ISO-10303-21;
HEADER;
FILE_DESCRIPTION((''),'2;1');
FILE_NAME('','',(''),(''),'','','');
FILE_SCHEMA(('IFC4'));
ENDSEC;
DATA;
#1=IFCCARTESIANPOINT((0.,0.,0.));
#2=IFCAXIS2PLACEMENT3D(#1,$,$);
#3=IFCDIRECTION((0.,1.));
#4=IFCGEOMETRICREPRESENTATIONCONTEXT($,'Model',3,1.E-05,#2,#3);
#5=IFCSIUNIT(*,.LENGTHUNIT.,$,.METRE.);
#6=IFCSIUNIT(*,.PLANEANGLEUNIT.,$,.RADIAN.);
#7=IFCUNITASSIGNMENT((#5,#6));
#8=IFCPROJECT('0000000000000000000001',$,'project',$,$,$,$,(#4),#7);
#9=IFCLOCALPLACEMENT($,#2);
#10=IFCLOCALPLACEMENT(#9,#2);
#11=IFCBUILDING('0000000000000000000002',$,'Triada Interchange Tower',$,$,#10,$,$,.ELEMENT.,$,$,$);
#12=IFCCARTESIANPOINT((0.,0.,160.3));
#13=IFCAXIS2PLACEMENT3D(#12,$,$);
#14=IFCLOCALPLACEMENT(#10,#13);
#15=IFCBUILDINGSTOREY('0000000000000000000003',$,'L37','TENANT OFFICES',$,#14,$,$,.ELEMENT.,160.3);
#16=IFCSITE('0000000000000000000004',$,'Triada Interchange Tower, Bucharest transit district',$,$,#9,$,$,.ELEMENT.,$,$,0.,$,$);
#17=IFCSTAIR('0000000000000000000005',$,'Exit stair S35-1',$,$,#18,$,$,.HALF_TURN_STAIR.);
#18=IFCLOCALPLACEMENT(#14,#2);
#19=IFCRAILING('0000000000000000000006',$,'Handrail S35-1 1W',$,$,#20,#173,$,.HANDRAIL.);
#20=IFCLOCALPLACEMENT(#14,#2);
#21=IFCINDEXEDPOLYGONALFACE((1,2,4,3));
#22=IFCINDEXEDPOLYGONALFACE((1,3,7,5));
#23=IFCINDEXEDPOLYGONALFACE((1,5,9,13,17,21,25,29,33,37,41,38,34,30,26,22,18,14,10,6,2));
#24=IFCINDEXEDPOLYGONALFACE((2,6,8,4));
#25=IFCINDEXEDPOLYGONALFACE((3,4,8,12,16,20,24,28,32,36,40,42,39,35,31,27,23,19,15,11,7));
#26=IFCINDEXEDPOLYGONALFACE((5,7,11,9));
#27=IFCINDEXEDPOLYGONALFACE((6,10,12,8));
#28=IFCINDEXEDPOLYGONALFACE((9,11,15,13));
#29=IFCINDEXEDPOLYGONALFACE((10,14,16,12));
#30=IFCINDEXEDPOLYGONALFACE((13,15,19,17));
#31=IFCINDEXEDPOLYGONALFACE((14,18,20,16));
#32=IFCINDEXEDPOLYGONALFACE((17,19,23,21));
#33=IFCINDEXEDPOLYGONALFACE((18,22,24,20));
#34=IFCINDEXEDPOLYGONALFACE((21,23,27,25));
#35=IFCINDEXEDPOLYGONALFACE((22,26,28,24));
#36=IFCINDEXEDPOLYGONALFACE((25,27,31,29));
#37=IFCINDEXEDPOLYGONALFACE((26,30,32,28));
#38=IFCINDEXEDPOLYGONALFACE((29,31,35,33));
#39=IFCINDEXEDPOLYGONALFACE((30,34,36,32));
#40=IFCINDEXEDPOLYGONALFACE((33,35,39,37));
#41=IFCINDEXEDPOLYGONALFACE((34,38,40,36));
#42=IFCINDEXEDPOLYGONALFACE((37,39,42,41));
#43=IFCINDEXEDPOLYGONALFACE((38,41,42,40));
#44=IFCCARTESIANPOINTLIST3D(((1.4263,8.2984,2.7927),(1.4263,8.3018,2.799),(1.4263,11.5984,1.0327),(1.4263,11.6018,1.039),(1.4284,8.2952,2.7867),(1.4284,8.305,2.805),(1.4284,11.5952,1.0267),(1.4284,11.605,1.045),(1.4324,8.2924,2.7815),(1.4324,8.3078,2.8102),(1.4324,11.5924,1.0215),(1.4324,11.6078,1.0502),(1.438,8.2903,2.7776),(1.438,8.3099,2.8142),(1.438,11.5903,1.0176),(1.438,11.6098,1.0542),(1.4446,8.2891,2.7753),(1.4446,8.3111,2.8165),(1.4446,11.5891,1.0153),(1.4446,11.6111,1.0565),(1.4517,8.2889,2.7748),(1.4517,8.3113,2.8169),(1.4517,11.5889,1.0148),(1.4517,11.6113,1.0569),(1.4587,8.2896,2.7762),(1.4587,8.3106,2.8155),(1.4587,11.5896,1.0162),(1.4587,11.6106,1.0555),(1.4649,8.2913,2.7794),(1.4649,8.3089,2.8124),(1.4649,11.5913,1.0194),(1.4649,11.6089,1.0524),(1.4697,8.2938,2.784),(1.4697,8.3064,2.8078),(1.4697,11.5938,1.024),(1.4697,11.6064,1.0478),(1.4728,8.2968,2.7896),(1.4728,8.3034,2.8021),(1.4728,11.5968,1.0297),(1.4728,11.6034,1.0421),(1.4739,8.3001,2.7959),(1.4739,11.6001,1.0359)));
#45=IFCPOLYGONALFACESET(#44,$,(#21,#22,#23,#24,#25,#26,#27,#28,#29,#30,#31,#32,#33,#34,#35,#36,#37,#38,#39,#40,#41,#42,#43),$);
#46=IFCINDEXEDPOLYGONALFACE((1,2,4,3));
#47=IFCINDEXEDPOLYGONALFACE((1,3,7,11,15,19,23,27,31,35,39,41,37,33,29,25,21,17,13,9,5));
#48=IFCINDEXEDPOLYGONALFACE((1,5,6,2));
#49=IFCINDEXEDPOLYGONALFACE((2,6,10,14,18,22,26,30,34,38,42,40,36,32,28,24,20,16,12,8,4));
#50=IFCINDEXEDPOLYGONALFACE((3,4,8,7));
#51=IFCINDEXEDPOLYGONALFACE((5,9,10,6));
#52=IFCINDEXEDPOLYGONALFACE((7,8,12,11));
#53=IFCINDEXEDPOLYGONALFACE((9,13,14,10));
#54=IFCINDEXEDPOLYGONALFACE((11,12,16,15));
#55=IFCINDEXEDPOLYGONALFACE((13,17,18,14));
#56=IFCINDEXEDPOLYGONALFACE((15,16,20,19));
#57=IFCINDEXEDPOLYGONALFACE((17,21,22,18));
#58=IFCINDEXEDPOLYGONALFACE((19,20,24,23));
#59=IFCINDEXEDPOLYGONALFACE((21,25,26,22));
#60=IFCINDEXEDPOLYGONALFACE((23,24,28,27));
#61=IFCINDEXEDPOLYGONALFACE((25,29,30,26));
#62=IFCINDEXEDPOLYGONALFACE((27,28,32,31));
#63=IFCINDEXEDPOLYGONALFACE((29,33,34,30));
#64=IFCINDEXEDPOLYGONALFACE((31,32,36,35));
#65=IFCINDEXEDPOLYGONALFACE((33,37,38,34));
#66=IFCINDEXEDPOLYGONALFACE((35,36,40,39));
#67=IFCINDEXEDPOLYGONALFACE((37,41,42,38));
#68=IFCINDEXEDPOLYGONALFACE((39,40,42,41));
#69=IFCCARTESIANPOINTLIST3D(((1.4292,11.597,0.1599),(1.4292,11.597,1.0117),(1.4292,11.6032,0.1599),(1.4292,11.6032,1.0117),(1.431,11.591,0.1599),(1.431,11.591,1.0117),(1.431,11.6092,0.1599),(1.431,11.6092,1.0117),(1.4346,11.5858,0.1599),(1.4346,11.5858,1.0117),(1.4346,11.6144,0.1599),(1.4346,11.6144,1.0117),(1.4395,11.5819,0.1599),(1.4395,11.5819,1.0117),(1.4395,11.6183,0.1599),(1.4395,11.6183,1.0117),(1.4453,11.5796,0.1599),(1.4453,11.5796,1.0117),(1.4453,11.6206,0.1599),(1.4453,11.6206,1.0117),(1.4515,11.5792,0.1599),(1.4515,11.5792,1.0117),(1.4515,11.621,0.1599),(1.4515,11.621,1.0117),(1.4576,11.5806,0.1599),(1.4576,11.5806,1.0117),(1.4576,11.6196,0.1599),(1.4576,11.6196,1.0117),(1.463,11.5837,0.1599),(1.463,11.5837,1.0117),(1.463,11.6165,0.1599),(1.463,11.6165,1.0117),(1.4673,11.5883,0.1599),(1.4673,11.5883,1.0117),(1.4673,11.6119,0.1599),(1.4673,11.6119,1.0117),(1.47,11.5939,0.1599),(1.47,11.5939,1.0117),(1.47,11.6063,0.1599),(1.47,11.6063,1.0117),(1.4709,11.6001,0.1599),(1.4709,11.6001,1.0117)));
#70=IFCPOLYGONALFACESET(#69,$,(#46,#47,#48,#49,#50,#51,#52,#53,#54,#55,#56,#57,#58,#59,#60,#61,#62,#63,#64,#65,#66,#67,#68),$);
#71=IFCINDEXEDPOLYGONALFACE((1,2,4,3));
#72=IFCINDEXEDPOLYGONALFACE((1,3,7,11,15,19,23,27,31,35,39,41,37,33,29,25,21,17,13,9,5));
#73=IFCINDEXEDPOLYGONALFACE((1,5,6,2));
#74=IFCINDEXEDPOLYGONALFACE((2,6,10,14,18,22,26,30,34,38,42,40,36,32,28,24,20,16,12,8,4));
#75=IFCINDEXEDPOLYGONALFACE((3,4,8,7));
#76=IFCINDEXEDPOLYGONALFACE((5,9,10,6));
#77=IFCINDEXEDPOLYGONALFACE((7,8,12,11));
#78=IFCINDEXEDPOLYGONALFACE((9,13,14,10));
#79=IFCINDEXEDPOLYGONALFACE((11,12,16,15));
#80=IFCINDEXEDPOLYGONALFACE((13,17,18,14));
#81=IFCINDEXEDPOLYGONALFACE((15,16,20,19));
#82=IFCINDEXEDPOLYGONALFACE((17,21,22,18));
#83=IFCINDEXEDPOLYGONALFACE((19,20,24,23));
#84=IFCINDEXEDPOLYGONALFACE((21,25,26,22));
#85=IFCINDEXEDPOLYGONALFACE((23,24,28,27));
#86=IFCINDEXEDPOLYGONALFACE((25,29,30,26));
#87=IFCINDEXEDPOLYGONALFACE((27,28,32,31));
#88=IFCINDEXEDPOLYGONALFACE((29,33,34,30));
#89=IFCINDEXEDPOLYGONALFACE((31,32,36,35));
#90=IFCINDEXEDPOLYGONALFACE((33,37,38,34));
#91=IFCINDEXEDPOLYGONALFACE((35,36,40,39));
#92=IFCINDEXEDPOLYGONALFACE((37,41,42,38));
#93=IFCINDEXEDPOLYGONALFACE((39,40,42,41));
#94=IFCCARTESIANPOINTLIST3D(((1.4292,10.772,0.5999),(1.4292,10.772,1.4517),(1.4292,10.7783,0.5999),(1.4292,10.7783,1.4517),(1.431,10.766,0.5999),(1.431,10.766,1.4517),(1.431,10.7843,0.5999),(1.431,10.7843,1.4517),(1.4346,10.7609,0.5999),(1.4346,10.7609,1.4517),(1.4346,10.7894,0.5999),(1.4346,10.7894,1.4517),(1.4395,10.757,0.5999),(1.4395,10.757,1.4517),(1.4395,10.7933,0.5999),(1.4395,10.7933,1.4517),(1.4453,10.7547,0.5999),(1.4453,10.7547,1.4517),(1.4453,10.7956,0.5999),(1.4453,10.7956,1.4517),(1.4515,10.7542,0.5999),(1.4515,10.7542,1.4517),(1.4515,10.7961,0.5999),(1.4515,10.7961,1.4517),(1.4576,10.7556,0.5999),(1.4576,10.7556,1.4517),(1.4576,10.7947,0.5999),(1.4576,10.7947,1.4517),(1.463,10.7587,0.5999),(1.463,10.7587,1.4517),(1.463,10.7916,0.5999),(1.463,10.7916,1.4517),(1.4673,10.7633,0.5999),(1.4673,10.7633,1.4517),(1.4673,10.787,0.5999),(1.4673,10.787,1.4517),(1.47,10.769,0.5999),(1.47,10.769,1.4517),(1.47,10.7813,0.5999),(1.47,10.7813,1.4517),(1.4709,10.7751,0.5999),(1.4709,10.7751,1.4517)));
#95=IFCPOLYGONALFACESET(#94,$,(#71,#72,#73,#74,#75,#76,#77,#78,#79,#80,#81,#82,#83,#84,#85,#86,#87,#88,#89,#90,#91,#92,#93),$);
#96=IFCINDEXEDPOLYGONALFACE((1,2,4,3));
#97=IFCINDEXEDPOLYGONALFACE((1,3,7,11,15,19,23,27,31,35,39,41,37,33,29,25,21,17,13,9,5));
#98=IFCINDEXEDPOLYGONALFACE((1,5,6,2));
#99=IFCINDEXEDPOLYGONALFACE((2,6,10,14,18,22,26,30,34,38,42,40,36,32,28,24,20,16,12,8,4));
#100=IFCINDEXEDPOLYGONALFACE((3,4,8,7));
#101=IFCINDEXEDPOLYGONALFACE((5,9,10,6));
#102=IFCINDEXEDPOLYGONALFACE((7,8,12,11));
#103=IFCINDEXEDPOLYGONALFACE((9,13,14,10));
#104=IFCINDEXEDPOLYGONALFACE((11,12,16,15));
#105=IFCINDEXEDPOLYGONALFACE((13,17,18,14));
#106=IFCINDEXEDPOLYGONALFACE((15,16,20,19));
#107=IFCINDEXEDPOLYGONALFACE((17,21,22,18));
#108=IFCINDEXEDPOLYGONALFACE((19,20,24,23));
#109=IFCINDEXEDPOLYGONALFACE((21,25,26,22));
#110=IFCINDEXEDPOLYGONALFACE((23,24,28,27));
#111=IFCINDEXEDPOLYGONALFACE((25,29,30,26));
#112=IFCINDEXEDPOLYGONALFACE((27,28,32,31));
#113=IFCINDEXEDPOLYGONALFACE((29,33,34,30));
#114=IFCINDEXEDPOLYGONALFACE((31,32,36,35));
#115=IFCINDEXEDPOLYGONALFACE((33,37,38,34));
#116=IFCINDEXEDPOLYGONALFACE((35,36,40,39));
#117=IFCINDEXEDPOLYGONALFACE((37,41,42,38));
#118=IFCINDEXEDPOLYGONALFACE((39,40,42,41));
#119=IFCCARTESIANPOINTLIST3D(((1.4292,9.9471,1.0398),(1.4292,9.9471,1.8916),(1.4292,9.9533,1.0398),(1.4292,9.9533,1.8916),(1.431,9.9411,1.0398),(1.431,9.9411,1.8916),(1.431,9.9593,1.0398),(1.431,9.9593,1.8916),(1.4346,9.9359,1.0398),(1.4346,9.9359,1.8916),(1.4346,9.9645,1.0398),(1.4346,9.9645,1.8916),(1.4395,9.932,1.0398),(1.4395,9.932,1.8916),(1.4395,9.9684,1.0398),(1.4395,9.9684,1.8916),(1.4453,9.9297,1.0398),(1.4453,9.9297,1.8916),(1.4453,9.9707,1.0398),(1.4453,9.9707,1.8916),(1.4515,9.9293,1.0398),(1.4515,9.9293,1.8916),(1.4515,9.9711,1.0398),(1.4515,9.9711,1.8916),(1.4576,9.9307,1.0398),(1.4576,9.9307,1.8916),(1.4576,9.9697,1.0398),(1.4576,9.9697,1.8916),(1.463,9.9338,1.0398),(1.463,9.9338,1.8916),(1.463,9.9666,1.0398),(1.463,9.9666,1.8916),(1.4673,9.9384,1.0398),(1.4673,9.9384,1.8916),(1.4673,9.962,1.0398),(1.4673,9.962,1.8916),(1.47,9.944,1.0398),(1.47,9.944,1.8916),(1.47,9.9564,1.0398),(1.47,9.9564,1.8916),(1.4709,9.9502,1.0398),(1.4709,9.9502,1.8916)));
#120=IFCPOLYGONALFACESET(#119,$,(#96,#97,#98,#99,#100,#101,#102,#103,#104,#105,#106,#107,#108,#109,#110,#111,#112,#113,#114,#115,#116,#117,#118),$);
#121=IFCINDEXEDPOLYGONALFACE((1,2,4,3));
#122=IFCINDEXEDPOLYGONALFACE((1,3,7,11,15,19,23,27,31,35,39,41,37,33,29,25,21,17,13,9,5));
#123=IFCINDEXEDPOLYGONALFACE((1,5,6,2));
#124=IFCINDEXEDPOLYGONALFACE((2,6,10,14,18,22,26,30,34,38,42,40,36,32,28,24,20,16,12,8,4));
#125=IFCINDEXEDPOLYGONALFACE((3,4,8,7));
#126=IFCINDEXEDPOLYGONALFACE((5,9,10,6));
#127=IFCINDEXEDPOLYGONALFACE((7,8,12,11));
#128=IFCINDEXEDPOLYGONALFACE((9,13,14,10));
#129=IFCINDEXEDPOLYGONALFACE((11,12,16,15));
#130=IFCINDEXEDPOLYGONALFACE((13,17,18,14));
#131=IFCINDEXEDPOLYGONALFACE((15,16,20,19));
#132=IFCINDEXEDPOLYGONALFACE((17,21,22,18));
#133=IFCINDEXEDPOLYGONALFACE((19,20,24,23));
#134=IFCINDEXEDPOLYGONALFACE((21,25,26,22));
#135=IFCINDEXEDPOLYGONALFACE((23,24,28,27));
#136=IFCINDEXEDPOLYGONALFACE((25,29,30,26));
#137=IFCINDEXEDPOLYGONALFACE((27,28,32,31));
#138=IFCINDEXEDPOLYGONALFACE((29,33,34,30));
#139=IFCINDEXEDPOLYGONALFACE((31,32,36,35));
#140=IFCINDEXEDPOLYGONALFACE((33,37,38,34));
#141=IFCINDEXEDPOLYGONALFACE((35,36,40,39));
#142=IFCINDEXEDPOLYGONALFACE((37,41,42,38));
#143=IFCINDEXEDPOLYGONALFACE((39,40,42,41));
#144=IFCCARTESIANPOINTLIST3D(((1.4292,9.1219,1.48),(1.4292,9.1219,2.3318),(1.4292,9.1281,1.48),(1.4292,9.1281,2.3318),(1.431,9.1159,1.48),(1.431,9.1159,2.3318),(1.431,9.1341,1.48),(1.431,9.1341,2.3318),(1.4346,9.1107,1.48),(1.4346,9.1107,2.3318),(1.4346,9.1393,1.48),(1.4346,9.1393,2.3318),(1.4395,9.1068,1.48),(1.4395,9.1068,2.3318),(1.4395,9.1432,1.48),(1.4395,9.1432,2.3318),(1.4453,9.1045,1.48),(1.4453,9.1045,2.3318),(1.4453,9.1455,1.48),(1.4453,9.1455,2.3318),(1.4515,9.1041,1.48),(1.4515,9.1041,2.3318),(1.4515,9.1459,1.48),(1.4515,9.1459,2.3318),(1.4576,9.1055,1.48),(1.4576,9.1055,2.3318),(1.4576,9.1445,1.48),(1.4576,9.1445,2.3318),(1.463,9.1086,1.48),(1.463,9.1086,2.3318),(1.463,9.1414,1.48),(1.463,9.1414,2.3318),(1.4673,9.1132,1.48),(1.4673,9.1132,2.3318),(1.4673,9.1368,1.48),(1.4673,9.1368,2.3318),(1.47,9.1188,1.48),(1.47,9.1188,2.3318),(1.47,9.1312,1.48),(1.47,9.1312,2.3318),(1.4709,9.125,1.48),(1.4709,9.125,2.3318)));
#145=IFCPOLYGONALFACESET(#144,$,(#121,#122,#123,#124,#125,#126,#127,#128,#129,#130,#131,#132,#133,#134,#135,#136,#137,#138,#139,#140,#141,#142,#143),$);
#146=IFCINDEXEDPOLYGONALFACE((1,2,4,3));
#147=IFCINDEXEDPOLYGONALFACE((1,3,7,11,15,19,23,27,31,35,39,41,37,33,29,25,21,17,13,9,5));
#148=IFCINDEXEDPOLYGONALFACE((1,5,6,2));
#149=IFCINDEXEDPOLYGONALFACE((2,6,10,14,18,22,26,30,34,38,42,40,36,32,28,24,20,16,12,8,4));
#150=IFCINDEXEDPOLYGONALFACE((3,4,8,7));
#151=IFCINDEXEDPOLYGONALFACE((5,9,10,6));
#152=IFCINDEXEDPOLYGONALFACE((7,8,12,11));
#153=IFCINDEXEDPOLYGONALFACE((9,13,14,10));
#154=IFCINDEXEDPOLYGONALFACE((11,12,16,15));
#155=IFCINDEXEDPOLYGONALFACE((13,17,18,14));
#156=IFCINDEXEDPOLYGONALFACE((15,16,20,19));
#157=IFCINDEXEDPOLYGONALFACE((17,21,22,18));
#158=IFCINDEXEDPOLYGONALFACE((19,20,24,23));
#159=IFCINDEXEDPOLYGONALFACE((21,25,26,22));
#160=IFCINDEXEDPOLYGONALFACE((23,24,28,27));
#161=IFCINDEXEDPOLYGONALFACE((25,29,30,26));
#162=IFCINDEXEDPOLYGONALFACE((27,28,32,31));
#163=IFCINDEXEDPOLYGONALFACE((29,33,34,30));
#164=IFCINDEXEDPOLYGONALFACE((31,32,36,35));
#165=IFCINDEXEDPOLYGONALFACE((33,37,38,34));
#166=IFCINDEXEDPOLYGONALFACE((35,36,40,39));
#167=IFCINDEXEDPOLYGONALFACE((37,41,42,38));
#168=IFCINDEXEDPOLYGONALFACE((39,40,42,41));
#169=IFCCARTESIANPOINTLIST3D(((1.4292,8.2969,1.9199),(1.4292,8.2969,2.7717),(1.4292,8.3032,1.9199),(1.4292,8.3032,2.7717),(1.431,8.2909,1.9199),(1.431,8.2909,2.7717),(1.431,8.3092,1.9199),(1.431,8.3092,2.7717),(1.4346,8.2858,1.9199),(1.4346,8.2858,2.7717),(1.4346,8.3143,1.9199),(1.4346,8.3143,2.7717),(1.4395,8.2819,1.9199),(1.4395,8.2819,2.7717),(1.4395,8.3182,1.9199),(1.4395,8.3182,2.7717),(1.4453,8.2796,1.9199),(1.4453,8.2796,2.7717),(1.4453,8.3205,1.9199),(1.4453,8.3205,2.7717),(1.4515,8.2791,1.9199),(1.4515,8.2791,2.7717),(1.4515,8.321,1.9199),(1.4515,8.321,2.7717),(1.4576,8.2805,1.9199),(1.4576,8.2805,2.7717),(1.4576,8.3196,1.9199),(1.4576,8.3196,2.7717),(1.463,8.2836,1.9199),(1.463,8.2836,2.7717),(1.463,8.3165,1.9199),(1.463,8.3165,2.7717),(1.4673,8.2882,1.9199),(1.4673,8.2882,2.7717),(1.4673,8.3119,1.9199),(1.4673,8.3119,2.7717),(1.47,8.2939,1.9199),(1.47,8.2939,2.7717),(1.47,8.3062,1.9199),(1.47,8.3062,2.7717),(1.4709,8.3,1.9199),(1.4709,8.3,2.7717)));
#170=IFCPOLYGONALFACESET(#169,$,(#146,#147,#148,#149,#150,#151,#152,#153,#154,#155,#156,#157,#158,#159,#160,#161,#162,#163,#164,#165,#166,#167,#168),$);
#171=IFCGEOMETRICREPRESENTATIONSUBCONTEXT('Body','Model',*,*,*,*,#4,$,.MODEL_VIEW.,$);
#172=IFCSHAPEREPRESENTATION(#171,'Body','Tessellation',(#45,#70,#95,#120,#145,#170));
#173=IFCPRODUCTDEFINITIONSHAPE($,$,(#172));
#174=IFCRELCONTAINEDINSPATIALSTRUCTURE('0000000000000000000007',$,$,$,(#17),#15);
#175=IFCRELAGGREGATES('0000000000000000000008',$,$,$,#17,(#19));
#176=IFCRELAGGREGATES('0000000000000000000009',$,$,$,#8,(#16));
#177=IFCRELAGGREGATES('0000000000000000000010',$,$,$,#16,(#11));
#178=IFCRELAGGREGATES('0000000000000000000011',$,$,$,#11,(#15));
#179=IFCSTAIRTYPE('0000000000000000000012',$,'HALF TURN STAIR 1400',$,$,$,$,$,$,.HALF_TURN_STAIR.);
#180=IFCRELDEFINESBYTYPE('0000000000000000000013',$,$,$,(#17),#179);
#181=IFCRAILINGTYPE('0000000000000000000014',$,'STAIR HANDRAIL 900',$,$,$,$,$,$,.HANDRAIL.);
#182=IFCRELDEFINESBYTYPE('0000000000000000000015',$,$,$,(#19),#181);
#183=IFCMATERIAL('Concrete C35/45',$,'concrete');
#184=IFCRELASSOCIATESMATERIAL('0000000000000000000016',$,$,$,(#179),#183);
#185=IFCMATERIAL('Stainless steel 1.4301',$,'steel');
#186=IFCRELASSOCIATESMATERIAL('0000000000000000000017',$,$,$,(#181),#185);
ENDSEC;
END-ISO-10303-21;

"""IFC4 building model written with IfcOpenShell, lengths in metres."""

from ifc_helpers import new_model, si_unit, direction, frame, origin, origin_2d, place, context, subcontext, project, spatial, circle, extrude, material, type_object, element, aggregate, save


model = new_model("IFC4")

# Units and contexts
model_context = context("Model", 3, precision=1e-05, world=origin(), true_north=direction((0.0, 1.0)))
body_context = subcontext(model_context, "Body", "Model", "MODEL_VIEW")
ifc_project = project(units=[si_unit("LENGTHUNIT", "METRE"), si_unit("PLANEANGLEUNIT", "RADIAN")], contexts=[model_context])

# Site, building, storey
site_placement = place(None, origin())
site = spatial("IfcSite", under=ifc_project, at=site_placement, Name="Triada Interchange Tower, Bucharest transit district", CompositionType="ELEMENT", RefElevation=0.0)
building_placement = place(site_placement, origin())
building = spatial("IfcBuilding", under=site, at=building_placement, Name="Triada Interchange Tower", CompositionType="ELEMENT")
storey_placement = place(building_placement, frame((0.0, 0.0, 160.3)))
storey = spatial("IfcBuildingStorey", under=building, at=storey_placement, Name="L37", Description="TENANT OFFICES", CompositionType="ELEMENT", Elevation=160.3)

# Stair
ifc_material_1 = material(Name="Concrete C35/45", Category="concrete")
stair_type = type_object("IfcStairType", Name="HALF TURN STAIR 1400", PredefinedType="HALF_TURN_STAIR", material=ifc_material_1)
stair_placement = place(storey_placement, origin())
stair = element("IfcStair", 1, at=stair_placement, inside=storey, type_object=stair_type, Name="Exit stair S35-1", PredefinedType="HALF_TURN_STAIR")

# Railing
ifc_material_2 = material(Name="Stainless steel 1.4301", Category="steel")
railing_type = type_object("IfcRailingType", Name="STAIR HANDRAIL 900", PredefinedType="HANDRAIL", material=ifc_material_2)
railing_1_placement = place(storey_placement, frame((1.45, 11.6001, 0.1599)))
railing_1 = element("IfcRailing", 2, at=railing_1_placement, type_object=railing_type, Name="Handrail S35-1 1W", PredefinedType="HANDRAIL", context=body_context, shape_type="SweptSolid", body=[
    extrude(circle(Radius=0.0239, at=origin_2d()), frame((0.0, 0.0, 0.876), z_axis=(0.0, -0.882355, 0.470585), x_axis=(1.0, 0.0, 0.0)), (0.0, 0.0, 1.0), 3.74),
    extrude(circle(Radius=0.021, at=origin_2d()), origin(), (0.0, 0.0, 1.0), 0.8518),
    extrude(circle(Radius=0.021, at=origin_2d()), frame((0.0, -0.825, 0.4399)), (0.0, 0.0, 1.0), 0.8518),
    extrude(circle(Radius=0.021, at=origin_2d()), frame((0.0, -1.6499, 0.8799)), (0.0, 0.0, 1.0), 0.8518),
    extrude(circle(Radius=0.021, at=origin_2d()), frame((0.0, -2.4751, 1.3201)), (0.0, 0.0, 1.0), 0.8518),
    extrude(circle(Radius=0.021, at=origin_2d()), frame((0.0, -3.3, 1.76)), (0.0, 0.0, 1.0), 0.8518),
])
aggregate(stair, [railing_1])

save(model, "model.ifc")
